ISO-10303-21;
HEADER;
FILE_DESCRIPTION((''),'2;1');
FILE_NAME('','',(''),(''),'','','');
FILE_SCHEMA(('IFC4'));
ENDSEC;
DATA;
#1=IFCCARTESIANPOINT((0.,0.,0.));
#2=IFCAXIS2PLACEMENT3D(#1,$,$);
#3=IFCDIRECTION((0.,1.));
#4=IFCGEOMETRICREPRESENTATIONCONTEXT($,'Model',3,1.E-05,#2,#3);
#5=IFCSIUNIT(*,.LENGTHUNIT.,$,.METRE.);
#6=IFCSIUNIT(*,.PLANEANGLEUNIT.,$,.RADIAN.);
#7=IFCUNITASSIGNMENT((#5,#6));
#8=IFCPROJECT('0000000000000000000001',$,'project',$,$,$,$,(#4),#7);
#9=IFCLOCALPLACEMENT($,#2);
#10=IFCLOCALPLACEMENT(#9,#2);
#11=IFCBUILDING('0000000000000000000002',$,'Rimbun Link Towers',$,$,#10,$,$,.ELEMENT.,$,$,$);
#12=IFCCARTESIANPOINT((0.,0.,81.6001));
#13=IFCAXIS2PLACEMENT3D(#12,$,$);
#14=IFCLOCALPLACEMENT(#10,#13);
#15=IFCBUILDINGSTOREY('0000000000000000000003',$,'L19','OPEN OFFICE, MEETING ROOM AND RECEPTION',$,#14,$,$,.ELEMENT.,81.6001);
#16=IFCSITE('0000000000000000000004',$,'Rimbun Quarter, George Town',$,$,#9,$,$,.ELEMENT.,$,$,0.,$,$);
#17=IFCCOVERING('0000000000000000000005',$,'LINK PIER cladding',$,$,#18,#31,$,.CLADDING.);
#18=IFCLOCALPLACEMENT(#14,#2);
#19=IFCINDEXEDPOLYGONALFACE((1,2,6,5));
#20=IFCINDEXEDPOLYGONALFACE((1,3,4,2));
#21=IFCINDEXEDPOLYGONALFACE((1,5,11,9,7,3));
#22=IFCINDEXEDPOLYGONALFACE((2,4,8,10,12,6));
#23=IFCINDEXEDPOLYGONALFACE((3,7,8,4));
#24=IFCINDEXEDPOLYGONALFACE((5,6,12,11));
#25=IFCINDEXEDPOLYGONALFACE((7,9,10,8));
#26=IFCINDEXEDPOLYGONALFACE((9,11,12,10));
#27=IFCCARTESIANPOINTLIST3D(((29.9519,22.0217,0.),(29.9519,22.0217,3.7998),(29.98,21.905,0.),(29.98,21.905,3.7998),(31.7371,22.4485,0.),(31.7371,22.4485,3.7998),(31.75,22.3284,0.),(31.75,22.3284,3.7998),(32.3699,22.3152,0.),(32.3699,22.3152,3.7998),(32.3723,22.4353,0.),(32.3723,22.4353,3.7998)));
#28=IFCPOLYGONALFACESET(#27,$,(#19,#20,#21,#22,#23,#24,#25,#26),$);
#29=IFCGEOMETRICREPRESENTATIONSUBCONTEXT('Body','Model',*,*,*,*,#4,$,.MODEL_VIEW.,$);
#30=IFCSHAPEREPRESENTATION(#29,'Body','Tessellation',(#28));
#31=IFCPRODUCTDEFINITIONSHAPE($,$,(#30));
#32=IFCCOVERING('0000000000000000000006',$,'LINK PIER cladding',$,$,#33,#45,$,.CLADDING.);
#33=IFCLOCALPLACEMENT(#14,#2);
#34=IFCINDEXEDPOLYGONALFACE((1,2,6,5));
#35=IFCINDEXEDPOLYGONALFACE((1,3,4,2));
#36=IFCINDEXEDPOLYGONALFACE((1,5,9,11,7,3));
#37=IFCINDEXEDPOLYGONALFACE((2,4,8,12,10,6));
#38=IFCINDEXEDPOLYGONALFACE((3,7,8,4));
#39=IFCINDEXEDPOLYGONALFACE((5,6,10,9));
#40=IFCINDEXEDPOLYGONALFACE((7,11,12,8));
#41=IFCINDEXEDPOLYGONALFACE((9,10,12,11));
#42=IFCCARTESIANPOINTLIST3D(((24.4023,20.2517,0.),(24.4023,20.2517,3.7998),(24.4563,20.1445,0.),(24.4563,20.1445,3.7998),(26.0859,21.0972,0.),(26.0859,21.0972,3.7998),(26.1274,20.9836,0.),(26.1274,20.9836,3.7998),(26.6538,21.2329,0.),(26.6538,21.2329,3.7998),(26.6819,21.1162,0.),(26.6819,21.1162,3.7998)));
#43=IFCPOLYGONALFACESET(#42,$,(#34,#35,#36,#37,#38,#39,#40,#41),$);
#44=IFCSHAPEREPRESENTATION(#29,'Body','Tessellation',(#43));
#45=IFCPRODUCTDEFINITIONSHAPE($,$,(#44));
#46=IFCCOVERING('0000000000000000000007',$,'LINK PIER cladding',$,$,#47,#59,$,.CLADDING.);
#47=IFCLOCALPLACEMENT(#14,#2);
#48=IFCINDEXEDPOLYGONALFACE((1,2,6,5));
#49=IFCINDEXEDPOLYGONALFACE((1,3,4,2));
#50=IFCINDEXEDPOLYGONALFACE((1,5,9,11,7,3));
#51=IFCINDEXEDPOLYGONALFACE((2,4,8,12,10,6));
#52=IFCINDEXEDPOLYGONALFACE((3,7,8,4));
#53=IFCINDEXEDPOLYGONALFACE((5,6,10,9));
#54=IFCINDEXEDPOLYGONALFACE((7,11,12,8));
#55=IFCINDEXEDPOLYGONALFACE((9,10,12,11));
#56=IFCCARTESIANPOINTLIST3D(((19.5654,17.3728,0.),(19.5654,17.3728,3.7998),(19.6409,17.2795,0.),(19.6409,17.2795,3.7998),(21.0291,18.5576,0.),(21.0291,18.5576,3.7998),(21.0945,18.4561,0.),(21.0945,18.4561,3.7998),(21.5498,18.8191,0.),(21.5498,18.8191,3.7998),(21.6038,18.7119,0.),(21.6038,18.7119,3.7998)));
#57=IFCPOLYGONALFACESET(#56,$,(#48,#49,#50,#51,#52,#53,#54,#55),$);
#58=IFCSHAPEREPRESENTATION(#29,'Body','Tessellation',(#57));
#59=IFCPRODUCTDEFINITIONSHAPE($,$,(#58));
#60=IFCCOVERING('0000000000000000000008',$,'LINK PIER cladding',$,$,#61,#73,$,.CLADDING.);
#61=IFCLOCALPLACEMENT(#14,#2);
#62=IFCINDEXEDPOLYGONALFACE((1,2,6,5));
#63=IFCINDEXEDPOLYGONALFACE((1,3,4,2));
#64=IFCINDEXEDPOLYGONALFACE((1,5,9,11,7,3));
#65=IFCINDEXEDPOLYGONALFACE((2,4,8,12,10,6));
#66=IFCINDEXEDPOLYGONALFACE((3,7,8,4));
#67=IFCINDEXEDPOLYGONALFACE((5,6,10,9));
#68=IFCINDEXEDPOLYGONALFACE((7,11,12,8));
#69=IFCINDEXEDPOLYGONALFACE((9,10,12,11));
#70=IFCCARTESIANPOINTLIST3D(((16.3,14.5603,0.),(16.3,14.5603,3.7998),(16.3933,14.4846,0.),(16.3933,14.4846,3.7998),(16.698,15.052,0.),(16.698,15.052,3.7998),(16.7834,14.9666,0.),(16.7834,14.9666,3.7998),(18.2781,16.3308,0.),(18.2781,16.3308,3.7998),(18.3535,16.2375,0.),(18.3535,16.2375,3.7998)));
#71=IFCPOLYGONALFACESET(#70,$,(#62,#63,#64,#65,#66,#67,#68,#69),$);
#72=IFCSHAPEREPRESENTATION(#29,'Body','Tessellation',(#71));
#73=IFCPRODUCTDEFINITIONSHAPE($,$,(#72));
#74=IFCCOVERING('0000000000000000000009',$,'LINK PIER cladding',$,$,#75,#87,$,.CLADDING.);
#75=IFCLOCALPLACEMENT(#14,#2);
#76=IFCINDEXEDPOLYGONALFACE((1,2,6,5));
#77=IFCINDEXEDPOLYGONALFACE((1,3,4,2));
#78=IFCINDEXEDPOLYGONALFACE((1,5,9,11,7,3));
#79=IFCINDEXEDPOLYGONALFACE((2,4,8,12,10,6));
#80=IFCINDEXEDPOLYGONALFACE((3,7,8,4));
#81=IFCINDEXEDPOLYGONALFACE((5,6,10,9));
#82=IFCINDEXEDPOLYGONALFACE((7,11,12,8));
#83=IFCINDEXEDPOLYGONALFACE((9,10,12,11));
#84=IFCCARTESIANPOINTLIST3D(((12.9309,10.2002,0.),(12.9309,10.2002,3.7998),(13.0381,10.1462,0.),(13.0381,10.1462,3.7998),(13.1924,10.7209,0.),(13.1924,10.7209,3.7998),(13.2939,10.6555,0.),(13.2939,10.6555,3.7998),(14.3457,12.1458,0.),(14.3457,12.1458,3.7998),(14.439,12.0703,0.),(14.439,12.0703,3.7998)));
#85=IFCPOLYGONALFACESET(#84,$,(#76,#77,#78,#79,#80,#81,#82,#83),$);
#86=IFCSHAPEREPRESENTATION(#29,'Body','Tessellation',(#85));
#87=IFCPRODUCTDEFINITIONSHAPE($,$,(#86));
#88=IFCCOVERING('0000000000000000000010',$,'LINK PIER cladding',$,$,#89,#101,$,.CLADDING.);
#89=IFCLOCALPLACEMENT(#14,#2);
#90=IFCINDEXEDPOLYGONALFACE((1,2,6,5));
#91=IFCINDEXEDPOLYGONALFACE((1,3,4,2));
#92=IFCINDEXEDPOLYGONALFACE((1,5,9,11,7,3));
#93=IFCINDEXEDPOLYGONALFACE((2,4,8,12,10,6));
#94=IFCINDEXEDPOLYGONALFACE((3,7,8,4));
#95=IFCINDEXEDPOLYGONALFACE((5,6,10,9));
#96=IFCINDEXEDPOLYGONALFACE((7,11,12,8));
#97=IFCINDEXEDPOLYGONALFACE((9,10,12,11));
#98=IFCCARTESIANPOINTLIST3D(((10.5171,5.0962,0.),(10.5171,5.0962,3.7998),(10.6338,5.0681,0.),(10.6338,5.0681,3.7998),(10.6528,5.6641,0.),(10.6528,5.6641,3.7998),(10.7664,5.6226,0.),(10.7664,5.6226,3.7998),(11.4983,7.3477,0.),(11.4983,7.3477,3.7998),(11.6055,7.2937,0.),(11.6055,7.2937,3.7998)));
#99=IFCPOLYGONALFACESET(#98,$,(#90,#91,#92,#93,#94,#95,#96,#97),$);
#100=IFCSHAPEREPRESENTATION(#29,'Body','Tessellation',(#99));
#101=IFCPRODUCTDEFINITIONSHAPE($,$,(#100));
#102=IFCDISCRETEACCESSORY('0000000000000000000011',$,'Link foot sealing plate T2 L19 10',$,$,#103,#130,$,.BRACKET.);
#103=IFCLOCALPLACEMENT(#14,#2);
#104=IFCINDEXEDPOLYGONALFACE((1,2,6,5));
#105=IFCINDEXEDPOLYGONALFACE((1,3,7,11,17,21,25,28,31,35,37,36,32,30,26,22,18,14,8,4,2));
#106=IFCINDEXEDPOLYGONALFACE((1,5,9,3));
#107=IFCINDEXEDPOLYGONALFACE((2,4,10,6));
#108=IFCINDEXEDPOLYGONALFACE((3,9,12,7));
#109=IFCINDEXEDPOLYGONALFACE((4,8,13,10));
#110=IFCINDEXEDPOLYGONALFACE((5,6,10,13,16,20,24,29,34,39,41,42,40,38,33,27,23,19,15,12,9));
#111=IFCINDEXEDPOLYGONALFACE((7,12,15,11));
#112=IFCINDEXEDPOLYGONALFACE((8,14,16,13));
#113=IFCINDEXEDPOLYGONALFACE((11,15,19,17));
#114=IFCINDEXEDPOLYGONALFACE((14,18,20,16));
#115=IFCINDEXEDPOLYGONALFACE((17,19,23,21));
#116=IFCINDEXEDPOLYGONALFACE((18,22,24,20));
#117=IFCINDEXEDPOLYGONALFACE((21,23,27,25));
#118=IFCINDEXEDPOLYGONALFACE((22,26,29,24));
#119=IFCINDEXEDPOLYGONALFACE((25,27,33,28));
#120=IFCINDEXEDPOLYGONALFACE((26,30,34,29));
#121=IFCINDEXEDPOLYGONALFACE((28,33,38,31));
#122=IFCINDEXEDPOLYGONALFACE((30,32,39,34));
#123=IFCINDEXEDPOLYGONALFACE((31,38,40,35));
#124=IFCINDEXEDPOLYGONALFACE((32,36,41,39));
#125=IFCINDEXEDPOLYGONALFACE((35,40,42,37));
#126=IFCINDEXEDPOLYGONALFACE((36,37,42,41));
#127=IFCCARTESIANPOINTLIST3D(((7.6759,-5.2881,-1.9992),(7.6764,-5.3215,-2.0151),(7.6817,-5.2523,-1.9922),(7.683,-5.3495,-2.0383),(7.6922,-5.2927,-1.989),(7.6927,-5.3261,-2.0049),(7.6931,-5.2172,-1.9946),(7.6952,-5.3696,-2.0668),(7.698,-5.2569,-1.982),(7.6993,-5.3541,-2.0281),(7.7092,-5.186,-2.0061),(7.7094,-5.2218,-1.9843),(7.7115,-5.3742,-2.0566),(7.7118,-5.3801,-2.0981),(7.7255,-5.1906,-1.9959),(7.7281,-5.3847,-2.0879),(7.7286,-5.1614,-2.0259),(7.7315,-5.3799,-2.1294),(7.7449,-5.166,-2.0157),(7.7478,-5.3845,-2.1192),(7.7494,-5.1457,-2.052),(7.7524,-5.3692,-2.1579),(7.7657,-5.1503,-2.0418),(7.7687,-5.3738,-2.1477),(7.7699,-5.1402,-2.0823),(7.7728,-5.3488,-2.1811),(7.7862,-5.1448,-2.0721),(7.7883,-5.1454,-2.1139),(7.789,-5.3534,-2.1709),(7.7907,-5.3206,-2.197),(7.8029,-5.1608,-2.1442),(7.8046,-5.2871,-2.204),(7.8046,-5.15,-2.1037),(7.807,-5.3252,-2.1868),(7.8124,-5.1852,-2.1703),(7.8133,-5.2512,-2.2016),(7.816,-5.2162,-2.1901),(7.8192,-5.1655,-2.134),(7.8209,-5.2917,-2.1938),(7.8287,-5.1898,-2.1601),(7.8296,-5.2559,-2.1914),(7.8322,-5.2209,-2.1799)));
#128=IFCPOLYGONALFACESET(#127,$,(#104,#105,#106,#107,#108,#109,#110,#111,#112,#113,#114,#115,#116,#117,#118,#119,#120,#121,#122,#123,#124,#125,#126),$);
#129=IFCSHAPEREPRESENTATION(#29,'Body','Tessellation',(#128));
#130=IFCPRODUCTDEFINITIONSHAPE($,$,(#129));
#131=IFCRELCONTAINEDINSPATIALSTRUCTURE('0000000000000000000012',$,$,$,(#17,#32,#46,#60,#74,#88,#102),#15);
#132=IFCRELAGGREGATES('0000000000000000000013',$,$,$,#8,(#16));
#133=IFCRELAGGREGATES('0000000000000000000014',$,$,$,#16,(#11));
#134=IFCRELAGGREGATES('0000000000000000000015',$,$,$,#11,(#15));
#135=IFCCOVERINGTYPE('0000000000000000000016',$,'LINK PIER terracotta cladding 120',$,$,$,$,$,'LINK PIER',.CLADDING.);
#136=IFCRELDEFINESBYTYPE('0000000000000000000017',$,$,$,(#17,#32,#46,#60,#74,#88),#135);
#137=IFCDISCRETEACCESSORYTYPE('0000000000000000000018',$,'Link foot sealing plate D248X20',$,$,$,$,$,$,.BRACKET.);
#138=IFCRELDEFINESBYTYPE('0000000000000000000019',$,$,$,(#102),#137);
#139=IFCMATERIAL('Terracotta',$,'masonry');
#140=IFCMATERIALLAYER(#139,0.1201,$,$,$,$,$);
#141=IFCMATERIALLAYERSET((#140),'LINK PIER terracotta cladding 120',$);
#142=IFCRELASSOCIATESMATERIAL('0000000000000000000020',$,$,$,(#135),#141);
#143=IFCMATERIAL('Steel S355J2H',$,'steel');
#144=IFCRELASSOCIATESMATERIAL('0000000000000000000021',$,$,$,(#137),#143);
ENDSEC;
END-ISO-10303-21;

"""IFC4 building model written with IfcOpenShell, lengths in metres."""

from ifc_helpers import new_model, si_unit, direction, frame, origin, origin_2d, place, context, subcontext, project, spatial, polyline, circle, outline, extrude, material, layer, layer_set, material_profile, profile_set, type_object, element, save


model = new_model("IFC4")

# Units and contexts
model_context = context("Model", 3, precision=1e-05, world=origin(), true_north=direction((0.0, 1.0)))
body_context = subcontext(model_context, "Body", "Model", "MODEL_VIEW")
ifc_project = project(units=[si_unit("LENGTHUNIT", "METRE"), si_unit("PLANEANGLEUNIT", "RADIAN")], contexts=[model_context])

# Site, building, storey
site_placement = place(None, origin())
site = spatial("IfcSite", under=ifc_project, at=site_placement, Name="Rimbun Quarter, George Town", CompositionType="ELEMENT", RefElevation=0.0)
building_placement = place(site_placement, origin())
building = spatial("IfcBuilding", under=site, at=building_placement, Name="Rimbun Link Towers", CompositionType="ELEMENT")
storey_placement = place(building_placement, frame((0.0, 0.0, 81.6001)))
storey = spatial("IfcBuildingStorey", under=building, at=storey_placement, Name="L19", Description="OPEN OFFICE, MEETING ROOM AND RECEPTION", CompositionType="ELEMENT", Elevation=81.6001)

# Coverings
ifc_material_1 = material(Name="Terracotta", Category="masonry")
ifc_layer_1 = layer(ifc_material_1, 0.1201)
ifc_layer_set_1 = layer_set([ifc_layer_1], Name="LINK PIER terracotta cladding 120")
covering_type_1 = type_object("IfcCoveringType", Name="LINK PIER terracotta cladding 120", ElementType="LINK PIER", PredefinedType="CLADDING", material=ifc_layer_set_1)
covering_1_placement = place(storey_placement, origin())
element("IfcCovering", 1, at=covering_1_placement, inside=storey, type_object=covering_type_1, Name="LINK PIER cladding", PredefinedType="CLADDING", context=body_context, shape_type="SweptSolid", body=[
    extrude(outline(polyline([(29.98, 21.905), (31.75, 22.3284), (32.3699, 22.3152), (32.3723, 22.4353), (31.7371, 22.4485), (29.9519, 22.0217), (29.98, 21.905)])), origin(), (0.0, 0.0, 1.0), 3.7998),
])
covering_2_placement = place(storey_placement, origin())
element("IfcCovering", 2, at=covering_2_placement, inside=storey, type_object=covering_type_1, Name="LINK PIER cladding", PredefinedType="CLADDING", context=body_context, shape_type="SweptSolid", body=[
    extrude(outline(polyline([(24.4563, 20.1445), (26.1274, 20.9836), (26.6819, 21.1162), (26.6538, 21.2329), (26.0859, 21.0972), (24.4023, 20.2517), (24.4563, 20.1445)])), origin(), (0.0, 0.0, 1.0), 3.7998),
])
covering_3_placement = place(storey_placement, origin())
element("IfcCovering", 3, at=covering_3_placement, inside=storey, type_object=covering_type_1, Name="LINK PIER cladding", PredefinedType="CLADDING", context=body_context, shape_type="SweptSolid", body=[
    extrude(outline(polyline([(19.6409, 17.2795), (21.0945, 18.4561), (21.6038, 18.7119), (21.5498, 18.8191), (21.0291, 18.5576), (19.5654, 17.3728), (19.6409, 17.2795)])), origin(), (0.0, 0.0, 1.0), 3.7998),
])
covering_4_placement = place(storey_placement, origin())
element("IfcCovering", 4, at=covering_4_placement, inside=storey, type_object=covering_type_1, Name="LINK PIER cladding", PredefinedType="CLADDING", context=body_context, shape_type="SweptSolid", body=[
    extrude(outline(polyline([(16.3933, 14.4846), (16.7834, 14.9666), (18.3535, 16.2375), (18.2781, 16.3308), (16.698, 15.052), (16.3, 14.5603), (16.3933, 14.4846)])), origin(), (0.0, 0.0, 1.0), 3.7998),
])
covering_5_placement = place(storey_placement, origin())
element("IfcCovering", 5, at=covering_5_placement, inside=storey, type_object=covering_type_1, Name="LINK PIER cladding", PredefinedType="CLADDING", context=body_context, shape_type="SweptSolid", body=[
    extrude(outline(polyline([(13.0381, 10.1462), (13.2939, 10.6555), (14.439, 12.0703), (14.3457, 12.1458), (13.1924, 10.7209), (12.9309, 10.2002), (13.0381, 10.1462)])), origin(), (0.0, 0.0, 1.0), 3.7998),
])
covering_6_placement = place(storey_placement, origin())
element("IfcCovering", 6, at=covering_6_placement, inside=storey, type_object=covering_type_1, Name="LINK PIER cladding", PredefinedType="CLADDING", context=body_context, shape_type="SweptSolid", body=[
    extrude(outline(polyline([(10.6338, 5.0681), (10.7664, 5.6226), (11.6055, 7.2937), (11.4983, 7.3477), (10.6528, 5.6641), (10.5171, 5.0962), (10.6338, 5.0681)])), origin(), (0.0, 0.0, 1.0), 3.7998),
])

# Discrete accessory
ifc_material_2 = material(Name="Steel S355J2H", Category="steel")
ifc_material_profile_1 = material_profile(ifc_material_2, circle(Radius=0.124, at=origin_2d()), Name="PL D248")
ifc_profile_set_1 = profile_set([ifc_material_profile_1], Name="Steel S355J2H")
discrete_accessory_type = type_object("IfcDiscreteAccessoryType", Name="Link foot sealing plate D248X20", PredefinedType="BRACKET", material=ifc_profile_set_1)
discrete_accessory_placement = place(storey_placement, frame((7.762, -5.2654, -2.0879), z_axis=(-0.82384, 0.233626, -0.516437), x_axis=(-0.272824, -0.962064, 0.0)))
element("IfcDiscreteAccessory", 7, at=discrete_accessory_placement, inside=storey, type_object=discrete_accessory_type, Name="Link foot sealing plate T2 L19 10", PredefinedType="BRACKET", context=body_context, shape_type="SweptSolid", body=[
    extrude(circle(Radius=0.124, at=origin_2d()), origin(), (0.0, 0.0, 1.0), 0.0198),
])

save(model, "model.ifc")
